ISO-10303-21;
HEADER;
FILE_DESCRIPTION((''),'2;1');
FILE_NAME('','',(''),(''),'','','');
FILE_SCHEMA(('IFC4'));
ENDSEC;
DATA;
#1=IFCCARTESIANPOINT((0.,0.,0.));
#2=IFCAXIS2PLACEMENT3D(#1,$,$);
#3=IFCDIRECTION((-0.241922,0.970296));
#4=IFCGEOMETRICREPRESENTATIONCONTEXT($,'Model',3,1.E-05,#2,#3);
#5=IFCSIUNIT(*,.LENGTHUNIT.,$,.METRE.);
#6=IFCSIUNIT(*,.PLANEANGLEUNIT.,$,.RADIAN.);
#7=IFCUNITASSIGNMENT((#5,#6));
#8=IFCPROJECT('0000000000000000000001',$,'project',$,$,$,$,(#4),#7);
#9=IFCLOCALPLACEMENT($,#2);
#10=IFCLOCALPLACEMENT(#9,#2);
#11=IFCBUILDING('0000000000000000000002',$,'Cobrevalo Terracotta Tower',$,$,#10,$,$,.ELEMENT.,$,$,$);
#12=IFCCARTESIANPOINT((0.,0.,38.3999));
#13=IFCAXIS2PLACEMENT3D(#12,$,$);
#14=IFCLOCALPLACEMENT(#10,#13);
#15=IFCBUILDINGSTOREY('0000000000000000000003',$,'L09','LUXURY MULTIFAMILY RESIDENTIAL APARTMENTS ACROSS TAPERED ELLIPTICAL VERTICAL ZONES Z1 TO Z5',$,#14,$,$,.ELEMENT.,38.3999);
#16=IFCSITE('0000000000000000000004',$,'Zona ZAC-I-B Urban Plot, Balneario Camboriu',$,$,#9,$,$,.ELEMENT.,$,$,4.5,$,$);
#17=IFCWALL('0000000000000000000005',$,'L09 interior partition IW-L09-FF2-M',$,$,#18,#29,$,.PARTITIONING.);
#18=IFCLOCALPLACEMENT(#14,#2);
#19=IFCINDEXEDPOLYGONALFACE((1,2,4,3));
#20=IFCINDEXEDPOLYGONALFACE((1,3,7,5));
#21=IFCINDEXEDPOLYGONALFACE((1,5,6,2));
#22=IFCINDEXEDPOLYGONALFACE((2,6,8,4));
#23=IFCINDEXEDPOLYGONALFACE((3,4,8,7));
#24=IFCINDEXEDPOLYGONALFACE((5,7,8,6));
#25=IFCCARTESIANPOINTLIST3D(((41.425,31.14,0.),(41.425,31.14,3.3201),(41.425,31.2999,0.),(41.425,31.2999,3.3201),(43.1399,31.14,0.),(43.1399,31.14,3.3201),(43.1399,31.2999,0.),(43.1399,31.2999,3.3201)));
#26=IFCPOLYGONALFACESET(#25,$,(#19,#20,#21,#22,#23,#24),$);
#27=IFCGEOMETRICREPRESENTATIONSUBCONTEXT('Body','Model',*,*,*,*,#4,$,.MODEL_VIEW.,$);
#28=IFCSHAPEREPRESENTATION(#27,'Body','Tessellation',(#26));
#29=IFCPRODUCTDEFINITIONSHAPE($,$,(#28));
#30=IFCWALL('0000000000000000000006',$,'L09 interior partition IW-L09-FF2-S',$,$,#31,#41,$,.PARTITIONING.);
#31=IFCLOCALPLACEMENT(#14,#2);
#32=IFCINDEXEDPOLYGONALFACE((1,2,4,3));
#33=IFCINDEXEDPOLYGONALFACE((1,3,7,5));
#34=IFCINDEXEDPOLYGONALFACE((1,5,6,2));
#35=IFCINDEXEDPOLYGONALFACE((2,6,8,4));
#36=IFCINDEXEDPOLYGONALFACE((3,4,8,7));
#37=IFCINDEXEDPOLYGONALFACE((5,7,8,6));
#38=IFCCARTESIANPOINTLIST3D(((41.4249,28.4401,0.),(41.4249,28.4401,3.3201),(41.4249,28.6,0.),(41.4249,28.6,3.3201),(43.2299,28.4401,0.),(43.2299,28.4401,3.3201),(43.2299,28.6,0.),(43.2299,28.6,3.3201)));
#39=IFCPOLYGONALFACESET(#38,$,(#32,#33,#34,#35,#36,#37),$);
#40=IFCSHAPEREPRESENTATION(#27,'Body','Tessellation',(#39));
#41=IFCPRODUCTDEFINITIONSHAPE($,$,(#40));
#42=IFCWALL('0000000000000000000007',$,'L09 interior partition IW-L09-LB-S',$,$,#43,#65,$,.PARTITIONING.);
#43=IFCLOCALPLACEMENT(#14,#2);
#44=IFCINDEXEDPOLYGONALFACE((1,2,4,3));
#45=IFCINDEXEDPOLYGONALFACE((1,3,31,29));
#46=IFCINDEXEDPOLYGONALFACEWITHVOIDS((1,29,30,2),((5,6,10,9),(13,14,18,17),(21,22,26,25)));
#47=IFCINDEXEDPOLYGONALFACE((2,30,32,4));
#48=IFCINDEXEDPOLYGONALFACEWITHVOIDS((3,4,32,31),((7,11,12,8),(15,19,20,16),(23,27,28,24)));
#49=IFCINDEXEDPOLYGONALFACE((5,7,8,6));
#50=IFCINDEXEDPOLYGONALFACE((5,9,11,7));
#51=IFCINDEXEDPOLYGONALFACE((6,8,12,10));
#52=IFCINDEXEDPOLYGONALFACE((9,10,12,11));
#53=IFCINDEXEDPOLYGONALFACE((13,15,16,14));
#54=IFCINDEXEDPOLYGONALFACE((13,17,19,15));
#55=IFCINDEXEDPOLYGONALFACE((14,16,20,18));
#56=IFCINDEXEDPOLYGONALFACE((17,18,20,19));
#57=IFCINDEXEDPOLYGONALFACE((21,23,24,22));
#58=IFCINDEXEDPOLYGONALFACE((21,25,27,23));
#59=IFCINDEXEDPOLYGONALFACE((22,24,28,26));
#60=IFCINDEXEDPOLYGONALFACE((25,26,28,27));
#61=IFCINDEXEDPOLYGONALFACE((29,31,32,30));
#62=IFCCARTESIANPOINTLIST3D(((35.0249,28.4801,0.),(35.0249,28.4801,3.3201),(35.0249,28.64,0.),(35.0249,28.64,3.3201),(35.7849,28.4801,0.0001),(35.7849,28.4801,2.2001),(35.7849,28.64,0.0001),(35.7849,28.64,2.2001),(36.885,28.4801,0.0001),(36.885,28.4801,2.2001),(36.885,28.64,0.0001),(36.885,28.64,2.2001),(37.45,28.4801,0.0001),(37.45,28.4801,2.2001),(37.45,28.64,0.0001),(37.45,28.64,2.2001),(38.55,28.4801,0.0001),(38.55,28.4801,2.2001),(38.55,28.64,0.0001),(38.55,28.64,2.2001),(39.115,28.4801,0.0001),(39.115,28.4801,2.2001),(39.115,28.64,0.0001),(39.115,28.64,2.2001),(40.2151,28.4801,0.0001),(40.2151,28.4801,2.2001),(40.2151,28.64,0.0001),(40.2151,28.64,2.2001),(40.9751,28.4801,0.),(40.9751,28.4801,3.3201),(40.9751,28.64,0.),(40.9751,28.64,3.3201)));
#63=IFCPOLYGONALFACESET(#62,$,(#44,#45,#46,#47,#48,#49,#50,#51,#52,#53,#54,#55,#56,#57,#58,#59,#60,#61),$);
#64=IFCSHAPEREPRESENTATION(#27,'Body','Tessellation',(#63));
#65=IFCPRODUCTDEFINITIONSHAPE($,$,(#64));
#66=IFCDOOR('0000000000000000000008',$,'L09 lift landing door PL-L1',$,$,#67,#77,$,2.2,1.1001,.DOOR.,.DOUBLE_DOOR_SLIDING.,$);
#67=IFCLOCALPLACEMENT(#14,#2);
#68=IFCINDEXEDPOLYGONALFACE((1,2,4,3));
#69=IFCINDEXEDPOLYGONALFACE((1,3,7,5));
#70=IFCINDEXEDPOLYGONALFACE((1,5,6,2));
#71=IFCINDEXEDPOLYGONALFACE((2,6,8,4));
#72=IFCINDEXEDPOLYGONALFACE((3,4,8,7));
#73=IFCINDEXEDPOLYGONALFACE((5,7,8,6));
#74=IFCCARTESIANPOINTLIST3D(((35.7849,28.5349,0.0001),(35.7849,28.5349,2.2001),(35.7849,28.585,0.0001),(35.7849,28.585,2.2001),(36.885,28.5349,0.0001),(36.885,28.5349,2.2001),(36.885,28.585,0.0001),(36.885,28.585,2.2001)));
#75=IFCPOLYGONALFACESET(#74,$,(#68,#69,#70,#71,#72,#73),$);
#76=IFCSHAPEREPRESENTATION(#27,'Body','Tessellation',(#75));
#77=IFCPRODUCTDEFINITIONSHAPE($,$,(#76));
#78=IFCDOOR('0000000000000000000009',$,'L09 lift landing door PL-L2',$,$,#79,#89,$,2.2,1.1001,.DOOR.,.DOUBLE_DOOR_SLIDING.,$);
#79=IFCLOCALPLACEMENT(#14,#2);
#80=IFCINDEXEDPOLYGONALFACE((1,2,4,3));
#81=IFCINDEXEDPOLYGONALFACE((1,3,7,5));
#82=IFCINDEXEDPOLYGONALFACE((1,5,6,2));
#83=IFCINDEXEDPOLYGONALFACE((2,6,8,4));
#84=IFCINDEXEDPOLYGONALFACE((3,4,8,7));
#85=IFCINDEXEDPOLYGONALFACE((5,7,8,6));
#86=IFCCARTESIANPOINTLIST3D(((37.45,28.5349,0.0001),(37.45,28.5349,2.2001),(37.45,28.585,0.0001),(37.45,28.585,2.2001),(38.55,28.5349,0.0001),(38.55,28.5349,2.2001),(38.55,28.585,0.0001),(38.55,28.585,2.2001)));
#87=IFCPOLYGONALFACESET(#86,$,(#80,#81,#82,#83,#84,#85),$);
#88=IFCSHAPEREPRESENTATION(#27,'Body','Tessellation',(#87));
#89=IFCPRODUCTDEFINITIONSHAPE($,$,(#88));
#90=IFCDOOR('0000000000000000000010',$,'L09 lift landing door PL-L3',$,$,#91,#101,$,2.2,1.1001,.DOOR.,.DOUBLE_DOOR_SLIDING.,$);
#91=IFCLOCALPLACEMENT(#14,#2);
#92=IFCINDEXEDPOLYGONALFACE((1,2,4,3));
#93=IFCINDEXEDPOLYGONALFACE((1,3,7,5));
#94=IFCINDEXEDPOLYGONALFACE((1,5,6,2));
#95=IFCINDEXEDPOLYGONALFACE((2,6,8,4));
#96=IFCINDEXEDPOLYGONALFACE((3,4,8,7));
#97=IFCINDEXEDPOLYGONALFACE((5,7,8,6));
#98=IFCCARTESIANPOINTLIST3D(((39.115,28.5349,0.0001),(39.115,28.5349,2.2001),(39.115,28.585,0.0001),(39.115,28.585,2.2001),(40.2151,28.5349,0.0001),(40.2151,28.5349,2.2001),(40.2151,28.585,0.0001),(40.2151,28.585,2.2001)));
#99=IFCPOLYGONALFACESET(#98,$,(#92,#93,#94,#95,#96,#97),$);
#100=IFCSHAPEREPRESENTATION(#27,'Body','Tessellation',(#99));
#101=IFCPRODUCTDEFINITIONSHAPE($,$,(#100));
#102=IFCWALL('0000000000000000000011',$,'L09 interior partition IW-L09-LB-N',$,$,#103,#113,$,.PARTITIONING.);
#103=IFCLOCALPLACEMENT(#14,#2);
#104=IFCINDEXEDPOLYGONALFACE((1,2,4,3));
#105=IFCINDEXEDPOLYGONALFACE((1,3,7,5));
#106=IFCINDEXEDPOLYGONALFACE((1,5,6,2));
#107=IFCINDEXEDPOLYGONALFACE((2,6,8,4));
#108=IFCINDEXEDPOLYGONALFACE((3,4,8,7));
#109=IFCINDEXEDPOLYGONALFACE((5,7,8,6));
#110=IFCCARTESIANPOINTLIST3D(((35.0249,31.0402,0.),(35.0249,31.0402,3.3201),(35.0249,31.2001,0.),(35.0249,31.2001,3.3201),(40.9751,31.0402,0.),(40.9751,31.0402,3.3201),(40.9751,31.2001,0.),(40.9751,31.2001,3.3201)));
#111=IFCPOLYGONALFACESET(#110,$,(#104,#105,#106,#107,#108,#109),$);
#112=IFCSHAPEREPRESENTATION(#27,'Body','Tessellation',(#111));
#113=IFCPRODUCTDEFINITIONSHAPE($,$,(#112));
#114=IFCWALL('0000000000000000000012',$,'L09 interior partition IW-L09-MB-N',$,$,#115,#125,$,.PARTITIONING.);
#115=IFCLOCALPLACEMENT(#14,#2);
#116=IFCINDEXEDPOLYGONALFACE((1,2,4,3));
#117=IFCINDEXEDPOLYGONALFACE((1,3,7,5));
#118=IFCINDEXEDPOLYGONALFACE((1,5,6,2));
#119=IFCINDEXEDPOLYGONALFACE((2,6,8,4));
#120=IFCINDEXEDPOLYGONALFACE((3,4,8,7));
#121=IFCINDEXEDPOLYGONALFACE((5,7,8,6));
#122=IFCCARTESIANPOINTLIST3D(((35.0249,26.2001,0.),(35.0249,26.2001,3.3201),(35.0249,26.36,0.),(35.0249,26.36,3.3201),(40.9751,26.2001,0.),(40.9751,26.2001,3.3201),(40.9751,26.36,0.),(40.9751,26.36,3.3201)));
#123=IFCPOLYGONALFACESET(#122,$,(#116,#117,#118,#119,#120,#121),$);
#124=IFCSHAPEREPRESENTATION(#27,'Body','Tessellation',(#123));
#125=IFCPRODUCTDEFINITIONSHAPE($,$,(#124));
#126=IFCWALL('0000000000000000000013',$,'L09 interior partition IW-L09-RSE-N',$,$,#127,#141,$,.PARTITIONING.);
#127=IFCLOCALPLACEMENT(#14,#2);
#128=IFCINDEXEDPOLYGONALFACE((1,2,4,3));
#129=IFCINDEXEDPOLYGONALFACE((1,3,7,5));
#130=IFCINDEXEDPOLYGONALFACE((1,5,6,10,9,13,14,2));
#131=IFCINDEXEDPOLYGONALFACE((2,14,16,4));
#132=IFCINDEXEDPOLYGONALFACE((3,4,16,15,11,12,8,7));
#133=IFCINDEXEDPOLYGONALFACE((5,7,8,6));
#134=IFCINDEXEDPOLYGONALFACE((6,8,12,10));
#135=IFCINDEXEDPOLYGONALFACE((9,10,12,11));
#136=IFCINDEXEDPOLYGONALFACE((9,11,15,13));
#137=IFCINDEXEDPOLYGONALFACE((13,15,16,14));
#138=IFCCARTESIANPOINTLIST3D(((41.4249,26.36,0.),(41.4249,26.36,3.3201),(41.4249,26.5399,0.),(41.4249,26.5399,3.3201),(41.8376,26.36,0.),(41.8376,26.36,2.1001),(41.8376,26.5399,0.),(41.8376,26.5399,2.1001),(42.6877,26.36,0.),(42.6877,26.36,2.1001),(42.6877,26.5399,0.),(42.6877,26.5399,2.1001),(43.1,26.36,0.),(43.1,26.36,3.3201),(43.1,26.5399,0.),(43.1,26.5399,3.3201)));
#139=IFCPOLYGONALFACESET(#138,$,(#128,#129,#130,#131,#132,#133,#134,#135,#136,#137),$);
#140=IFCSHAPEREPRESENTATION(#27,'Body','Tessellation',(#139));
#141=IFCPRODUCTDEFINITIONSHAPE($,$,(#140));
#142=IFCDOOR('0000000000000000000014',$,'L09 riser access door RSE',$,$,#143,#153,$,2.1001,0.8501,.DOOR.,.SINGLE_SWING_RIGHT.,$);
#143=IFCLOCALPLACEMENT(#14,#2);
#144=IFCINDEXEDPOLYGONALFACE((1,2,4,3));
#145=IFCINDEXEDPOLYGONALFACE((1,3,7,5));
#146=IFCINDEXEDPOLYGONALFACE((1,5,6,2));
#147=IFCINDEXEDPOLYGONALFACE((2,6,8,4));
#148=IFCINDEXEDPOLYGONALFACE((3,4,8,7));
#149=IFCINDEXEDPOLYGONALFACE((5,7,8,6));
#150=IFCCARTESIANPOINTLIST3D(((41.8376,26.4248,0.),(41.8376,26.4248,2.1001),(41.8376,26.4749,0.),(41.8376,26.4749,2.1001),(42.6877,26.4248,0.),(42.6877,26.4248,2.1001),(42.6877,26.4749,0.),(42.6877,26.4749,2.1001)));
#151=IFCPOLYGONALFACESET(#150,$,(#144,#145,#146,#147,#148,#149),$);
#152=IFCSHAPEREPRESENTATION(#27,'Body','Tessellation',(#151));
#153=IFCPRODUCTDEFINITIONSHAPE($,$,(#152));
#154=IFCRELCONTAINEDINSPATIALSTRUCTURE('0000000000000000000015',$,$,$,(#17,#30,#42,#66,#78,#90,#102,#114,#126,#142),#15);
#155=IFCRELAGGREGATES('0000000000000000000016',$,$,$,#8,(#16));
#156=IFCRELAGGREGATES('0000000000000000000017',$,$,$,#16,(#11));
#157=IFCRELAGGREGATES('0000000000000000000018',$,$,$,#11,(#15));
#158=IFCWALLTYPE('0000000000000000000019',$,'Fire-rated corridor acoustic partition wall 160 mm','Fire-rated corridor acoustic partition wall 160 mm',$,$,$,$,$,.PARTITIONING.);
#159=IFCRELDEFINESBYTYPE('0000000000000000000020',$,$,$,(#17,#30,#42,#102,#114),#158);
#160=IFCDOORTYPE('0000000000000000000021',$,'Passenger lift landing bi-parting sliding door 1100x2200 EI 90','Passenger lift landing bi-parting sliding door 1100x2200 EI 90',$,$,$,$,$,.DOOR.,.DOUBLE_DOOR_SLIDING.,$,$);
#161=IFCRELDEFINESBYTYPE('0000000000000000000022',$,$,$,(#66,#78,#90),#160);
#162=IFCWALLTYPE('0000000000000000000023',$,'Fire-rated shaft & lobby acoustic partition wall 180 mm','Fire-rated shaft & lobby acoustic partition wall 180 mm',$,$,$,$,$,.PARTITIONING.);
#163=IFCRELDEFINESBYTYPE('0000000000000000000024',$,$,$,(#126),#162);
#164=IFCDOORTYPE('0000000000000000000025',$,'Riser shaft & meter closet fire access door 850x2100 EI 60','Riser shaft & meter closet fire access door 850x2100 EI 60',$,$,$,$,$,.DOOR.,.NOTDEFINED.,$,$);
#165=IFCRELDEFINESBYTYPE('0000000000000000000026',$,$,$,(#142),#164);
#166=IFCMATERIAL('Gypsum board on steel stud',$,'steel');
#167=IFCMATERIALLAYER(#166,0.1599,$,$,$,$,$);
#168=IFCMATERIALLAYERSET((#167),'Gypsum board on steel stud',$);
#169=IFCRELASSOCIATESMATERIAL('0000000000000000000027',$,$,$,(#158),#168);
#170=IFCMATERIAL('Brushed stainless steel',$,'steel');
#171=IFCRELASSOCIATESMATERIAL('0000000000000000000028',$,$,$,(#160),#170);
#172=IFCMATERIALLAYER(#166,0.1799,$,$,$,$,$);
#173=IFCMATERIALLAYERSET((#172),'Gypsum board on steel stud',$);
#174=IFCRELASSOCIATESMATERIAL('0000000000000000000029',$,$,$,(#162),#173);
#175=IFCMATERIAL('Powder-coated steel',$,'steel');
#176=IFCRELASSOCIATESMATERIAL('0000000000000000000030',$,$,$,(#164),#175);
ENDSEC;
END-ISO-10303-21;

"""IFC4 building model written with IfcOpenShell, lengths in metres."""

from ifc_helpers import new_model, si_unit, direction, frame, frame_2d, origin, place, context, subcontext, project, spatial, rectangle, extrude, source, transform, mapped, material, layer, layer_set, type_object, element, fill, save


model = new_model("IFC4")

# Units and contexts
model_context = context("Model", 3, precision=1e-05, world=origin(), true_north=direction((-0.241922, 0.970296)))
body_context = subcontext(model_context, "Body", "Model", "MODEL_VIEW")
ifc_project = project(units=[si_unit("LENGTHUNIT", "METRE"), si_unit("PLANEANGLEUNIT", "RADIAN")], contexts=[model_context])

# Site, building, storey
site_placement = place(None, origin())
site = spatial("IfcSite", under=ifc_project, at=site_placement, Name="Zona ZAC-I-B Urban Plot, Balneario Camboriu", CompositionType="ELEMENT", RefElevation=4.5)
building_placement = place(site_placement, origin())
building = spatial("IfcBuilding", under=site, at=building_placement, Name="Cobrevalo Terracotta Tower", CompositionType="ELEMENT")
storey_placement = place(building_placement, frame((0.0, 0.0, 38.3999)))
storey = spatial("IfcBuildingStorey", under=building, at=storey_placement, Name="L09", Description="LUXURY MULTIFAMILY RESIDENTIAL APARTMENTS ACROSS TAPERED ELLIPTICAL VERTICAL ZONES Z1 TO Z5", CompositionType="ELEMENT", Elevation=38.3999)

# Walls
ifc_material_1 = material(Name="Gypsum board on steel stud", Category="steel")
ifc_layer_1 = layer(ifc_material_1, 0.1599)
ifc_layer_set_1 = layer_set([ifc_layer_1], Name="Gypsum board on steel stud")
wall_type_1 = type_object("IfcWallType", Name="Fire-rated corridor acoustic partition wall 160 mm", Description="Fire-rated corridor acoustic partition wall 160 mm", PredefinedType="PARTITIONING", material=ifc_layer_set_1)
wall_1_placement = place(storey_placement, frame((41.425, 31.22, 0.0), z_axis=(0.0, 0.0, 1.0), x_axis=(1.0, 0.0, 0.0)))
element("IfcWall", 1, at=wall_1_placement, inside=storey, type_object=wall_type_1, Name="L09 interior partition IW-L09-FF2-M", PredefinedType="PARTITIONING", context=body_context, shape_type="SweptSolid", body=[
    extrude(rectangle(XDim=1.7148, YDim=0.1599, at=frame_2d((0.8574, 0.0))), origin(), (0.0, 0.0, 1.0), 3.3201),
])
wall_2_placement = place(storey_placement, frame((41.425, 28.52, 0.0), z_axis=(0.0, 0.0, 1.0), x_axis=(1.0, 0.0, 0.0)))
element("IfcWall", 2, at=wall_2_placement, inside=storey, type_object=wall_type_1, Name="L09 interior partition IW-L09-FF2-S", PredefinedType="PARTITIONING", context=body_context, shape_type="SweptSolid", body=[
    extrude(rectangle(XDim=1.8049, YDim=0.1599, at=frame_2d((0.9023, 0.0))), origin(), (0.0, 0.0, 1.0), 3.3201),
])

# Wall, openings, doors
wall_3_placement = place(storey_placement, frame((35.0249, 28.5601, 0.0), z_axis=(0.0, 0.0, 1.0), x_axis=(1.0, 0.0, 0.0)))
wall_3 = element("IfcWall", 3, at=wall_3_placement, inside=storey, type_object=wall_type_1, Name="L09 interior partition IW-L09-LB-S", PredefinedType="PARTITIONING", context=body_context, shape_type="SweptSolid", body=[
    extrude(rectangle(XDim=5.9502, YDim=0.1599, at=frame_2d((2.9751, 0.0))), origin(), (0.0, 0.0, 1.0), 3.3201),
])
opening_1_placement = place(wall_3_placement, frame((0.76, 0.0, 0.0)))
opening_1 = element("IfcOpeningElement", 4, at=opening_1_placement, cuts=wall_3, PredefinedType="OPENING", context=body_context, shape_type="SweptSolid", body=[
    extrude(rectangle(XDim=1.1001, YDim=2.2, at=frame_2d((0.55, 1.1001))), frame((0.0, 0.0898, 0.0), z_axis=(0.0, -1.0, 0.0), x_axis=(1.0, 0.0, 0.0)), (0.0, 0.0, 1.0), 0.1799),
])
opening_2_placement = place(wall_3_placement, frame((2.425, 0.0, 0.0)))
opening_2 = element("IfcOpeningElement", 5, at=opening_2_placement, cuts=wall_3, PredefinedType="OPENING", context=body_context, shape_type="SweptSolid", body=[
    extrude(rectangle(XDim=1.1001, YDim=2.2, at=frame_2d((0.55, 1.1001))), frame((0.0, 0.0898, 0.0), z_axis=(0.0, -1.0, 0.0), x_axis=(1.0, 0.0, 0.0)), (0.0, 0.0, 1.0), 0.1799),
])
opening_3_placement = place(wall_3_placement, frame((4.0901, 0.0, 0.0)))
opening_3 = element("IfcOpeningElement", 6, at=opening_3_placement, cuts=wall_3, PredefinedType="OPENING", context=body_context, shape_type="SweptSolid", body=[
    extrude(rectangle(XDim=1.1001, YDim=2.2, at=frame_2d((0.55, 1.1001))), frame((0.0, 0.0898, 0.0), z_axis=(0.0, -1.0, 0.0), x_axis=(1.0, 0.0, 0.0)), (0.0, 0.0, 1.0), 0.1799),
])
ifc_material_2 = material(Name="Brushed stainless steel", Category="steel")
door_type_1 = type_object("IfcDoorType", Name="Passenger lift landing bi-parting sliding door 1100x2200 EI 90", Description="Passenger lift landing bi-parting sliding door 1100x2200 EI 90", OperationType="DOUBLE_DOOR_SLIDING", PredefinedType="DOOR", material=ifc_material_2)
shared_shape_1 = source(origin(), body_context, "Body", "SweptSolid", [
    extrude(rectangle(XDim=1.1001, YDim=2.2, at=frame_2d((0.55, 1.1001))), frame((0.0, 0.0249, 0.0), z_axis=(0.0, -1.0, 0.0), x_axis=(1.0, 0.0, 0.0)), (0.0, 0.0, 1.0), 0.05),
])
door_1_placement = place(opening_1_placement, origin())
door_1 = element("IfcDoor", 7, at=door_1_placement, inside=storey, type_object=door_type_1, Name="L09 lift landing door PL-L1", OperationType="DOUBLE_DOOR_SLIDING", OverallHeight=2.2, OverallWidth=1.1001, PredefinedType="DOOR", context=body_context, shape_type="MappedRepresentation", body=[
    mapped(shared_shape_1, transform((0.0, 0.0, 0.0), scale=1.0)),
])
fill(opening_1, door_1)
door_2_placement = place(opening_2_placement, origin())
door_2 = element("IfcDoor", 8, at=door_2_placement, inside=storey, type_object=door_type_1, Name="L09 lift landing door PL-L2", OperationType="DOUBLE_DOOR_SLIDING", OverallHeight=2.2, OverallWidth=1.1001, PredefinedType="DOOR", context=body_context, shape_type="MappedRepresentation", body=[
    mapped(shared_shape_1, transform((0.0, 0.0, 0.0), scale=1.0)),
])
fill(opening_2, door_2)
door_3_placement = place(opening_3_placement, origin())
door_3 = element("IfcDoor", 9, at=door_3_placement, inside=storey, type_object=door_type_1, Name="L09 lift landing door PL-L3", OperationType="DOUBLE_DOOR_SLIDING", OverallHeight=2.2, OverallWidth=1.1001, PredefinedType="DOOR", context=body_context, shape_type="MappedRepresentation", body=[
    mapped(shared_shape_1, transform((0.0, 0.0, 0.0), scale=1.0)),
])
fill(opening_3, door_3)

# Walls
for number, where, z_axis, x_axis, name in (
    (10, (35.0249, 31.1201, 0.0), (0.0, 0.0, 1.0), (1.0, 0.0, 0.0), "L09 interior partition IW-L09-LB-N"),
    (11, (35.0249, 26.28, 0.0), (0.0, 0.0, 1.0), (1.0, 0.0, 0.0), "L09 interior partition IW-L09-MB-N"),
):
    element("IfcWall", number, at=place(storey_placement, frame(where, z_axis=z_axis, x_axis=x_axis)), inside=storey, type_object=wall_type_1, Name=name, PredefinedType="PARTITIONING", context=body_context, shape_type="SweptSolid", body=[
        extrude(rectangle(XDim=5.9502, YDim=0.1599, at=frame_2d((2.9751, 0.0))), origin(), (0.0, 0.0, 1.0), 3.3201),
    ])

# Wall, opening, door
ifc_layer_2 = layer(ifc_material_1, 0.1799)
ifc_layer_set_2 = layer_set([ifc_layer_2], Name="Gypsum board on steel stud")
wall_type_2 = type_object("IfcWallType", Name="Fire-rated shaft & lobby acoustic partition wall 180 mm", Description="Fire-rated shaft & lobby acoustic partition wall 180 mm", PredefinedType="PARTITIONING", material=ifc_layer_set_2)
wall_4_placement = place(storey_placement, frame((41.425, 26.45, 0.0), z_axis=(0.0, 0.0, 1.0), x_axis=(1.0, 0.0, 0.0)))
wall_4 = element("IfcWall", 12, at=wall_4_placement, inside=storey, type_object=wall_type_2, Name="L09 interior partition IW-L09-RSE-N", PredefinedType="PARTITIONING", context=body_context, shape_type="SweptSolid", body=[
    extrude(rectangle(XDim=1.675, YDim=0.1799, at=frame_2d((0.8374, 0.0))), origin(), (0.0, 0.0, 1.0), 3.3201),
])
opening_4_placement = place(wall_4_placement, frame((0.4126, 0.0, 0.0)))
opening_4 = element("IfcOpeningElement", 13, at=opening_4_placement, cuts=wall_4, PredefinedType="OPENING", context=body_context, shape_type="SweptSolid", body=[
    extrude(rectangle(XDim=0.8501, YDim=2.1001, at=frame_2d((0.425, 1.05))), frame((0.0, 0.1001, 0.0), z_axis=(0.0, -1.0, 0.0), x_axis=(1.0, 0.0, 0.0)), (0.0, 0.0, 1.0), 0.2),
])
ifc_material_3 = material(Name="Powder-coated steel", Category="steel")
door_type_2 = type_object("IfcDoorType", Name="Riser shaft & meter closet fire access door 850x2100 EI 60", Description="Riser shaft & meter closet fire access door 850x2100 EI 60", OperationType="NOTDEFINED", PredefinedType="DOOR", material=ifc_material_3)
shared_shape_2 = source(origin(), body_context, "Body", "SweptSolid", [
    extrude(rectangle(XDim=0.8501, YDim=2.1001, at=frame_2d((0.425, 1.05))), frame((0.0, 0.0249, 0.0), z_axis=(0.0, -1.0, 0.0), x_axis=(1.0, 0.0, 0.0)), (0.0, 0.0, 1.0), 0.05),
])
door_4_placement = place(opening_4_placement, origin())
door_4 = element("IfcDoor", 14, at=door_4_placement, inside=storey, type_object=door_type_2, Name="L09 riser access door RSE", OperationType="SINGLE_SWING_RIGHT", OverallHeight=2.1001, OverallWidth=0.8501, PredefinedType="DOOR", context=body_context, shape_type="MappedRepresentation", body=[
    mapped(shared_shape_2, transform((0.0, 0.0, 0.0), scale=1.0)),
])
fill(opening_4, door_4)

save(model, "model.ifc")
